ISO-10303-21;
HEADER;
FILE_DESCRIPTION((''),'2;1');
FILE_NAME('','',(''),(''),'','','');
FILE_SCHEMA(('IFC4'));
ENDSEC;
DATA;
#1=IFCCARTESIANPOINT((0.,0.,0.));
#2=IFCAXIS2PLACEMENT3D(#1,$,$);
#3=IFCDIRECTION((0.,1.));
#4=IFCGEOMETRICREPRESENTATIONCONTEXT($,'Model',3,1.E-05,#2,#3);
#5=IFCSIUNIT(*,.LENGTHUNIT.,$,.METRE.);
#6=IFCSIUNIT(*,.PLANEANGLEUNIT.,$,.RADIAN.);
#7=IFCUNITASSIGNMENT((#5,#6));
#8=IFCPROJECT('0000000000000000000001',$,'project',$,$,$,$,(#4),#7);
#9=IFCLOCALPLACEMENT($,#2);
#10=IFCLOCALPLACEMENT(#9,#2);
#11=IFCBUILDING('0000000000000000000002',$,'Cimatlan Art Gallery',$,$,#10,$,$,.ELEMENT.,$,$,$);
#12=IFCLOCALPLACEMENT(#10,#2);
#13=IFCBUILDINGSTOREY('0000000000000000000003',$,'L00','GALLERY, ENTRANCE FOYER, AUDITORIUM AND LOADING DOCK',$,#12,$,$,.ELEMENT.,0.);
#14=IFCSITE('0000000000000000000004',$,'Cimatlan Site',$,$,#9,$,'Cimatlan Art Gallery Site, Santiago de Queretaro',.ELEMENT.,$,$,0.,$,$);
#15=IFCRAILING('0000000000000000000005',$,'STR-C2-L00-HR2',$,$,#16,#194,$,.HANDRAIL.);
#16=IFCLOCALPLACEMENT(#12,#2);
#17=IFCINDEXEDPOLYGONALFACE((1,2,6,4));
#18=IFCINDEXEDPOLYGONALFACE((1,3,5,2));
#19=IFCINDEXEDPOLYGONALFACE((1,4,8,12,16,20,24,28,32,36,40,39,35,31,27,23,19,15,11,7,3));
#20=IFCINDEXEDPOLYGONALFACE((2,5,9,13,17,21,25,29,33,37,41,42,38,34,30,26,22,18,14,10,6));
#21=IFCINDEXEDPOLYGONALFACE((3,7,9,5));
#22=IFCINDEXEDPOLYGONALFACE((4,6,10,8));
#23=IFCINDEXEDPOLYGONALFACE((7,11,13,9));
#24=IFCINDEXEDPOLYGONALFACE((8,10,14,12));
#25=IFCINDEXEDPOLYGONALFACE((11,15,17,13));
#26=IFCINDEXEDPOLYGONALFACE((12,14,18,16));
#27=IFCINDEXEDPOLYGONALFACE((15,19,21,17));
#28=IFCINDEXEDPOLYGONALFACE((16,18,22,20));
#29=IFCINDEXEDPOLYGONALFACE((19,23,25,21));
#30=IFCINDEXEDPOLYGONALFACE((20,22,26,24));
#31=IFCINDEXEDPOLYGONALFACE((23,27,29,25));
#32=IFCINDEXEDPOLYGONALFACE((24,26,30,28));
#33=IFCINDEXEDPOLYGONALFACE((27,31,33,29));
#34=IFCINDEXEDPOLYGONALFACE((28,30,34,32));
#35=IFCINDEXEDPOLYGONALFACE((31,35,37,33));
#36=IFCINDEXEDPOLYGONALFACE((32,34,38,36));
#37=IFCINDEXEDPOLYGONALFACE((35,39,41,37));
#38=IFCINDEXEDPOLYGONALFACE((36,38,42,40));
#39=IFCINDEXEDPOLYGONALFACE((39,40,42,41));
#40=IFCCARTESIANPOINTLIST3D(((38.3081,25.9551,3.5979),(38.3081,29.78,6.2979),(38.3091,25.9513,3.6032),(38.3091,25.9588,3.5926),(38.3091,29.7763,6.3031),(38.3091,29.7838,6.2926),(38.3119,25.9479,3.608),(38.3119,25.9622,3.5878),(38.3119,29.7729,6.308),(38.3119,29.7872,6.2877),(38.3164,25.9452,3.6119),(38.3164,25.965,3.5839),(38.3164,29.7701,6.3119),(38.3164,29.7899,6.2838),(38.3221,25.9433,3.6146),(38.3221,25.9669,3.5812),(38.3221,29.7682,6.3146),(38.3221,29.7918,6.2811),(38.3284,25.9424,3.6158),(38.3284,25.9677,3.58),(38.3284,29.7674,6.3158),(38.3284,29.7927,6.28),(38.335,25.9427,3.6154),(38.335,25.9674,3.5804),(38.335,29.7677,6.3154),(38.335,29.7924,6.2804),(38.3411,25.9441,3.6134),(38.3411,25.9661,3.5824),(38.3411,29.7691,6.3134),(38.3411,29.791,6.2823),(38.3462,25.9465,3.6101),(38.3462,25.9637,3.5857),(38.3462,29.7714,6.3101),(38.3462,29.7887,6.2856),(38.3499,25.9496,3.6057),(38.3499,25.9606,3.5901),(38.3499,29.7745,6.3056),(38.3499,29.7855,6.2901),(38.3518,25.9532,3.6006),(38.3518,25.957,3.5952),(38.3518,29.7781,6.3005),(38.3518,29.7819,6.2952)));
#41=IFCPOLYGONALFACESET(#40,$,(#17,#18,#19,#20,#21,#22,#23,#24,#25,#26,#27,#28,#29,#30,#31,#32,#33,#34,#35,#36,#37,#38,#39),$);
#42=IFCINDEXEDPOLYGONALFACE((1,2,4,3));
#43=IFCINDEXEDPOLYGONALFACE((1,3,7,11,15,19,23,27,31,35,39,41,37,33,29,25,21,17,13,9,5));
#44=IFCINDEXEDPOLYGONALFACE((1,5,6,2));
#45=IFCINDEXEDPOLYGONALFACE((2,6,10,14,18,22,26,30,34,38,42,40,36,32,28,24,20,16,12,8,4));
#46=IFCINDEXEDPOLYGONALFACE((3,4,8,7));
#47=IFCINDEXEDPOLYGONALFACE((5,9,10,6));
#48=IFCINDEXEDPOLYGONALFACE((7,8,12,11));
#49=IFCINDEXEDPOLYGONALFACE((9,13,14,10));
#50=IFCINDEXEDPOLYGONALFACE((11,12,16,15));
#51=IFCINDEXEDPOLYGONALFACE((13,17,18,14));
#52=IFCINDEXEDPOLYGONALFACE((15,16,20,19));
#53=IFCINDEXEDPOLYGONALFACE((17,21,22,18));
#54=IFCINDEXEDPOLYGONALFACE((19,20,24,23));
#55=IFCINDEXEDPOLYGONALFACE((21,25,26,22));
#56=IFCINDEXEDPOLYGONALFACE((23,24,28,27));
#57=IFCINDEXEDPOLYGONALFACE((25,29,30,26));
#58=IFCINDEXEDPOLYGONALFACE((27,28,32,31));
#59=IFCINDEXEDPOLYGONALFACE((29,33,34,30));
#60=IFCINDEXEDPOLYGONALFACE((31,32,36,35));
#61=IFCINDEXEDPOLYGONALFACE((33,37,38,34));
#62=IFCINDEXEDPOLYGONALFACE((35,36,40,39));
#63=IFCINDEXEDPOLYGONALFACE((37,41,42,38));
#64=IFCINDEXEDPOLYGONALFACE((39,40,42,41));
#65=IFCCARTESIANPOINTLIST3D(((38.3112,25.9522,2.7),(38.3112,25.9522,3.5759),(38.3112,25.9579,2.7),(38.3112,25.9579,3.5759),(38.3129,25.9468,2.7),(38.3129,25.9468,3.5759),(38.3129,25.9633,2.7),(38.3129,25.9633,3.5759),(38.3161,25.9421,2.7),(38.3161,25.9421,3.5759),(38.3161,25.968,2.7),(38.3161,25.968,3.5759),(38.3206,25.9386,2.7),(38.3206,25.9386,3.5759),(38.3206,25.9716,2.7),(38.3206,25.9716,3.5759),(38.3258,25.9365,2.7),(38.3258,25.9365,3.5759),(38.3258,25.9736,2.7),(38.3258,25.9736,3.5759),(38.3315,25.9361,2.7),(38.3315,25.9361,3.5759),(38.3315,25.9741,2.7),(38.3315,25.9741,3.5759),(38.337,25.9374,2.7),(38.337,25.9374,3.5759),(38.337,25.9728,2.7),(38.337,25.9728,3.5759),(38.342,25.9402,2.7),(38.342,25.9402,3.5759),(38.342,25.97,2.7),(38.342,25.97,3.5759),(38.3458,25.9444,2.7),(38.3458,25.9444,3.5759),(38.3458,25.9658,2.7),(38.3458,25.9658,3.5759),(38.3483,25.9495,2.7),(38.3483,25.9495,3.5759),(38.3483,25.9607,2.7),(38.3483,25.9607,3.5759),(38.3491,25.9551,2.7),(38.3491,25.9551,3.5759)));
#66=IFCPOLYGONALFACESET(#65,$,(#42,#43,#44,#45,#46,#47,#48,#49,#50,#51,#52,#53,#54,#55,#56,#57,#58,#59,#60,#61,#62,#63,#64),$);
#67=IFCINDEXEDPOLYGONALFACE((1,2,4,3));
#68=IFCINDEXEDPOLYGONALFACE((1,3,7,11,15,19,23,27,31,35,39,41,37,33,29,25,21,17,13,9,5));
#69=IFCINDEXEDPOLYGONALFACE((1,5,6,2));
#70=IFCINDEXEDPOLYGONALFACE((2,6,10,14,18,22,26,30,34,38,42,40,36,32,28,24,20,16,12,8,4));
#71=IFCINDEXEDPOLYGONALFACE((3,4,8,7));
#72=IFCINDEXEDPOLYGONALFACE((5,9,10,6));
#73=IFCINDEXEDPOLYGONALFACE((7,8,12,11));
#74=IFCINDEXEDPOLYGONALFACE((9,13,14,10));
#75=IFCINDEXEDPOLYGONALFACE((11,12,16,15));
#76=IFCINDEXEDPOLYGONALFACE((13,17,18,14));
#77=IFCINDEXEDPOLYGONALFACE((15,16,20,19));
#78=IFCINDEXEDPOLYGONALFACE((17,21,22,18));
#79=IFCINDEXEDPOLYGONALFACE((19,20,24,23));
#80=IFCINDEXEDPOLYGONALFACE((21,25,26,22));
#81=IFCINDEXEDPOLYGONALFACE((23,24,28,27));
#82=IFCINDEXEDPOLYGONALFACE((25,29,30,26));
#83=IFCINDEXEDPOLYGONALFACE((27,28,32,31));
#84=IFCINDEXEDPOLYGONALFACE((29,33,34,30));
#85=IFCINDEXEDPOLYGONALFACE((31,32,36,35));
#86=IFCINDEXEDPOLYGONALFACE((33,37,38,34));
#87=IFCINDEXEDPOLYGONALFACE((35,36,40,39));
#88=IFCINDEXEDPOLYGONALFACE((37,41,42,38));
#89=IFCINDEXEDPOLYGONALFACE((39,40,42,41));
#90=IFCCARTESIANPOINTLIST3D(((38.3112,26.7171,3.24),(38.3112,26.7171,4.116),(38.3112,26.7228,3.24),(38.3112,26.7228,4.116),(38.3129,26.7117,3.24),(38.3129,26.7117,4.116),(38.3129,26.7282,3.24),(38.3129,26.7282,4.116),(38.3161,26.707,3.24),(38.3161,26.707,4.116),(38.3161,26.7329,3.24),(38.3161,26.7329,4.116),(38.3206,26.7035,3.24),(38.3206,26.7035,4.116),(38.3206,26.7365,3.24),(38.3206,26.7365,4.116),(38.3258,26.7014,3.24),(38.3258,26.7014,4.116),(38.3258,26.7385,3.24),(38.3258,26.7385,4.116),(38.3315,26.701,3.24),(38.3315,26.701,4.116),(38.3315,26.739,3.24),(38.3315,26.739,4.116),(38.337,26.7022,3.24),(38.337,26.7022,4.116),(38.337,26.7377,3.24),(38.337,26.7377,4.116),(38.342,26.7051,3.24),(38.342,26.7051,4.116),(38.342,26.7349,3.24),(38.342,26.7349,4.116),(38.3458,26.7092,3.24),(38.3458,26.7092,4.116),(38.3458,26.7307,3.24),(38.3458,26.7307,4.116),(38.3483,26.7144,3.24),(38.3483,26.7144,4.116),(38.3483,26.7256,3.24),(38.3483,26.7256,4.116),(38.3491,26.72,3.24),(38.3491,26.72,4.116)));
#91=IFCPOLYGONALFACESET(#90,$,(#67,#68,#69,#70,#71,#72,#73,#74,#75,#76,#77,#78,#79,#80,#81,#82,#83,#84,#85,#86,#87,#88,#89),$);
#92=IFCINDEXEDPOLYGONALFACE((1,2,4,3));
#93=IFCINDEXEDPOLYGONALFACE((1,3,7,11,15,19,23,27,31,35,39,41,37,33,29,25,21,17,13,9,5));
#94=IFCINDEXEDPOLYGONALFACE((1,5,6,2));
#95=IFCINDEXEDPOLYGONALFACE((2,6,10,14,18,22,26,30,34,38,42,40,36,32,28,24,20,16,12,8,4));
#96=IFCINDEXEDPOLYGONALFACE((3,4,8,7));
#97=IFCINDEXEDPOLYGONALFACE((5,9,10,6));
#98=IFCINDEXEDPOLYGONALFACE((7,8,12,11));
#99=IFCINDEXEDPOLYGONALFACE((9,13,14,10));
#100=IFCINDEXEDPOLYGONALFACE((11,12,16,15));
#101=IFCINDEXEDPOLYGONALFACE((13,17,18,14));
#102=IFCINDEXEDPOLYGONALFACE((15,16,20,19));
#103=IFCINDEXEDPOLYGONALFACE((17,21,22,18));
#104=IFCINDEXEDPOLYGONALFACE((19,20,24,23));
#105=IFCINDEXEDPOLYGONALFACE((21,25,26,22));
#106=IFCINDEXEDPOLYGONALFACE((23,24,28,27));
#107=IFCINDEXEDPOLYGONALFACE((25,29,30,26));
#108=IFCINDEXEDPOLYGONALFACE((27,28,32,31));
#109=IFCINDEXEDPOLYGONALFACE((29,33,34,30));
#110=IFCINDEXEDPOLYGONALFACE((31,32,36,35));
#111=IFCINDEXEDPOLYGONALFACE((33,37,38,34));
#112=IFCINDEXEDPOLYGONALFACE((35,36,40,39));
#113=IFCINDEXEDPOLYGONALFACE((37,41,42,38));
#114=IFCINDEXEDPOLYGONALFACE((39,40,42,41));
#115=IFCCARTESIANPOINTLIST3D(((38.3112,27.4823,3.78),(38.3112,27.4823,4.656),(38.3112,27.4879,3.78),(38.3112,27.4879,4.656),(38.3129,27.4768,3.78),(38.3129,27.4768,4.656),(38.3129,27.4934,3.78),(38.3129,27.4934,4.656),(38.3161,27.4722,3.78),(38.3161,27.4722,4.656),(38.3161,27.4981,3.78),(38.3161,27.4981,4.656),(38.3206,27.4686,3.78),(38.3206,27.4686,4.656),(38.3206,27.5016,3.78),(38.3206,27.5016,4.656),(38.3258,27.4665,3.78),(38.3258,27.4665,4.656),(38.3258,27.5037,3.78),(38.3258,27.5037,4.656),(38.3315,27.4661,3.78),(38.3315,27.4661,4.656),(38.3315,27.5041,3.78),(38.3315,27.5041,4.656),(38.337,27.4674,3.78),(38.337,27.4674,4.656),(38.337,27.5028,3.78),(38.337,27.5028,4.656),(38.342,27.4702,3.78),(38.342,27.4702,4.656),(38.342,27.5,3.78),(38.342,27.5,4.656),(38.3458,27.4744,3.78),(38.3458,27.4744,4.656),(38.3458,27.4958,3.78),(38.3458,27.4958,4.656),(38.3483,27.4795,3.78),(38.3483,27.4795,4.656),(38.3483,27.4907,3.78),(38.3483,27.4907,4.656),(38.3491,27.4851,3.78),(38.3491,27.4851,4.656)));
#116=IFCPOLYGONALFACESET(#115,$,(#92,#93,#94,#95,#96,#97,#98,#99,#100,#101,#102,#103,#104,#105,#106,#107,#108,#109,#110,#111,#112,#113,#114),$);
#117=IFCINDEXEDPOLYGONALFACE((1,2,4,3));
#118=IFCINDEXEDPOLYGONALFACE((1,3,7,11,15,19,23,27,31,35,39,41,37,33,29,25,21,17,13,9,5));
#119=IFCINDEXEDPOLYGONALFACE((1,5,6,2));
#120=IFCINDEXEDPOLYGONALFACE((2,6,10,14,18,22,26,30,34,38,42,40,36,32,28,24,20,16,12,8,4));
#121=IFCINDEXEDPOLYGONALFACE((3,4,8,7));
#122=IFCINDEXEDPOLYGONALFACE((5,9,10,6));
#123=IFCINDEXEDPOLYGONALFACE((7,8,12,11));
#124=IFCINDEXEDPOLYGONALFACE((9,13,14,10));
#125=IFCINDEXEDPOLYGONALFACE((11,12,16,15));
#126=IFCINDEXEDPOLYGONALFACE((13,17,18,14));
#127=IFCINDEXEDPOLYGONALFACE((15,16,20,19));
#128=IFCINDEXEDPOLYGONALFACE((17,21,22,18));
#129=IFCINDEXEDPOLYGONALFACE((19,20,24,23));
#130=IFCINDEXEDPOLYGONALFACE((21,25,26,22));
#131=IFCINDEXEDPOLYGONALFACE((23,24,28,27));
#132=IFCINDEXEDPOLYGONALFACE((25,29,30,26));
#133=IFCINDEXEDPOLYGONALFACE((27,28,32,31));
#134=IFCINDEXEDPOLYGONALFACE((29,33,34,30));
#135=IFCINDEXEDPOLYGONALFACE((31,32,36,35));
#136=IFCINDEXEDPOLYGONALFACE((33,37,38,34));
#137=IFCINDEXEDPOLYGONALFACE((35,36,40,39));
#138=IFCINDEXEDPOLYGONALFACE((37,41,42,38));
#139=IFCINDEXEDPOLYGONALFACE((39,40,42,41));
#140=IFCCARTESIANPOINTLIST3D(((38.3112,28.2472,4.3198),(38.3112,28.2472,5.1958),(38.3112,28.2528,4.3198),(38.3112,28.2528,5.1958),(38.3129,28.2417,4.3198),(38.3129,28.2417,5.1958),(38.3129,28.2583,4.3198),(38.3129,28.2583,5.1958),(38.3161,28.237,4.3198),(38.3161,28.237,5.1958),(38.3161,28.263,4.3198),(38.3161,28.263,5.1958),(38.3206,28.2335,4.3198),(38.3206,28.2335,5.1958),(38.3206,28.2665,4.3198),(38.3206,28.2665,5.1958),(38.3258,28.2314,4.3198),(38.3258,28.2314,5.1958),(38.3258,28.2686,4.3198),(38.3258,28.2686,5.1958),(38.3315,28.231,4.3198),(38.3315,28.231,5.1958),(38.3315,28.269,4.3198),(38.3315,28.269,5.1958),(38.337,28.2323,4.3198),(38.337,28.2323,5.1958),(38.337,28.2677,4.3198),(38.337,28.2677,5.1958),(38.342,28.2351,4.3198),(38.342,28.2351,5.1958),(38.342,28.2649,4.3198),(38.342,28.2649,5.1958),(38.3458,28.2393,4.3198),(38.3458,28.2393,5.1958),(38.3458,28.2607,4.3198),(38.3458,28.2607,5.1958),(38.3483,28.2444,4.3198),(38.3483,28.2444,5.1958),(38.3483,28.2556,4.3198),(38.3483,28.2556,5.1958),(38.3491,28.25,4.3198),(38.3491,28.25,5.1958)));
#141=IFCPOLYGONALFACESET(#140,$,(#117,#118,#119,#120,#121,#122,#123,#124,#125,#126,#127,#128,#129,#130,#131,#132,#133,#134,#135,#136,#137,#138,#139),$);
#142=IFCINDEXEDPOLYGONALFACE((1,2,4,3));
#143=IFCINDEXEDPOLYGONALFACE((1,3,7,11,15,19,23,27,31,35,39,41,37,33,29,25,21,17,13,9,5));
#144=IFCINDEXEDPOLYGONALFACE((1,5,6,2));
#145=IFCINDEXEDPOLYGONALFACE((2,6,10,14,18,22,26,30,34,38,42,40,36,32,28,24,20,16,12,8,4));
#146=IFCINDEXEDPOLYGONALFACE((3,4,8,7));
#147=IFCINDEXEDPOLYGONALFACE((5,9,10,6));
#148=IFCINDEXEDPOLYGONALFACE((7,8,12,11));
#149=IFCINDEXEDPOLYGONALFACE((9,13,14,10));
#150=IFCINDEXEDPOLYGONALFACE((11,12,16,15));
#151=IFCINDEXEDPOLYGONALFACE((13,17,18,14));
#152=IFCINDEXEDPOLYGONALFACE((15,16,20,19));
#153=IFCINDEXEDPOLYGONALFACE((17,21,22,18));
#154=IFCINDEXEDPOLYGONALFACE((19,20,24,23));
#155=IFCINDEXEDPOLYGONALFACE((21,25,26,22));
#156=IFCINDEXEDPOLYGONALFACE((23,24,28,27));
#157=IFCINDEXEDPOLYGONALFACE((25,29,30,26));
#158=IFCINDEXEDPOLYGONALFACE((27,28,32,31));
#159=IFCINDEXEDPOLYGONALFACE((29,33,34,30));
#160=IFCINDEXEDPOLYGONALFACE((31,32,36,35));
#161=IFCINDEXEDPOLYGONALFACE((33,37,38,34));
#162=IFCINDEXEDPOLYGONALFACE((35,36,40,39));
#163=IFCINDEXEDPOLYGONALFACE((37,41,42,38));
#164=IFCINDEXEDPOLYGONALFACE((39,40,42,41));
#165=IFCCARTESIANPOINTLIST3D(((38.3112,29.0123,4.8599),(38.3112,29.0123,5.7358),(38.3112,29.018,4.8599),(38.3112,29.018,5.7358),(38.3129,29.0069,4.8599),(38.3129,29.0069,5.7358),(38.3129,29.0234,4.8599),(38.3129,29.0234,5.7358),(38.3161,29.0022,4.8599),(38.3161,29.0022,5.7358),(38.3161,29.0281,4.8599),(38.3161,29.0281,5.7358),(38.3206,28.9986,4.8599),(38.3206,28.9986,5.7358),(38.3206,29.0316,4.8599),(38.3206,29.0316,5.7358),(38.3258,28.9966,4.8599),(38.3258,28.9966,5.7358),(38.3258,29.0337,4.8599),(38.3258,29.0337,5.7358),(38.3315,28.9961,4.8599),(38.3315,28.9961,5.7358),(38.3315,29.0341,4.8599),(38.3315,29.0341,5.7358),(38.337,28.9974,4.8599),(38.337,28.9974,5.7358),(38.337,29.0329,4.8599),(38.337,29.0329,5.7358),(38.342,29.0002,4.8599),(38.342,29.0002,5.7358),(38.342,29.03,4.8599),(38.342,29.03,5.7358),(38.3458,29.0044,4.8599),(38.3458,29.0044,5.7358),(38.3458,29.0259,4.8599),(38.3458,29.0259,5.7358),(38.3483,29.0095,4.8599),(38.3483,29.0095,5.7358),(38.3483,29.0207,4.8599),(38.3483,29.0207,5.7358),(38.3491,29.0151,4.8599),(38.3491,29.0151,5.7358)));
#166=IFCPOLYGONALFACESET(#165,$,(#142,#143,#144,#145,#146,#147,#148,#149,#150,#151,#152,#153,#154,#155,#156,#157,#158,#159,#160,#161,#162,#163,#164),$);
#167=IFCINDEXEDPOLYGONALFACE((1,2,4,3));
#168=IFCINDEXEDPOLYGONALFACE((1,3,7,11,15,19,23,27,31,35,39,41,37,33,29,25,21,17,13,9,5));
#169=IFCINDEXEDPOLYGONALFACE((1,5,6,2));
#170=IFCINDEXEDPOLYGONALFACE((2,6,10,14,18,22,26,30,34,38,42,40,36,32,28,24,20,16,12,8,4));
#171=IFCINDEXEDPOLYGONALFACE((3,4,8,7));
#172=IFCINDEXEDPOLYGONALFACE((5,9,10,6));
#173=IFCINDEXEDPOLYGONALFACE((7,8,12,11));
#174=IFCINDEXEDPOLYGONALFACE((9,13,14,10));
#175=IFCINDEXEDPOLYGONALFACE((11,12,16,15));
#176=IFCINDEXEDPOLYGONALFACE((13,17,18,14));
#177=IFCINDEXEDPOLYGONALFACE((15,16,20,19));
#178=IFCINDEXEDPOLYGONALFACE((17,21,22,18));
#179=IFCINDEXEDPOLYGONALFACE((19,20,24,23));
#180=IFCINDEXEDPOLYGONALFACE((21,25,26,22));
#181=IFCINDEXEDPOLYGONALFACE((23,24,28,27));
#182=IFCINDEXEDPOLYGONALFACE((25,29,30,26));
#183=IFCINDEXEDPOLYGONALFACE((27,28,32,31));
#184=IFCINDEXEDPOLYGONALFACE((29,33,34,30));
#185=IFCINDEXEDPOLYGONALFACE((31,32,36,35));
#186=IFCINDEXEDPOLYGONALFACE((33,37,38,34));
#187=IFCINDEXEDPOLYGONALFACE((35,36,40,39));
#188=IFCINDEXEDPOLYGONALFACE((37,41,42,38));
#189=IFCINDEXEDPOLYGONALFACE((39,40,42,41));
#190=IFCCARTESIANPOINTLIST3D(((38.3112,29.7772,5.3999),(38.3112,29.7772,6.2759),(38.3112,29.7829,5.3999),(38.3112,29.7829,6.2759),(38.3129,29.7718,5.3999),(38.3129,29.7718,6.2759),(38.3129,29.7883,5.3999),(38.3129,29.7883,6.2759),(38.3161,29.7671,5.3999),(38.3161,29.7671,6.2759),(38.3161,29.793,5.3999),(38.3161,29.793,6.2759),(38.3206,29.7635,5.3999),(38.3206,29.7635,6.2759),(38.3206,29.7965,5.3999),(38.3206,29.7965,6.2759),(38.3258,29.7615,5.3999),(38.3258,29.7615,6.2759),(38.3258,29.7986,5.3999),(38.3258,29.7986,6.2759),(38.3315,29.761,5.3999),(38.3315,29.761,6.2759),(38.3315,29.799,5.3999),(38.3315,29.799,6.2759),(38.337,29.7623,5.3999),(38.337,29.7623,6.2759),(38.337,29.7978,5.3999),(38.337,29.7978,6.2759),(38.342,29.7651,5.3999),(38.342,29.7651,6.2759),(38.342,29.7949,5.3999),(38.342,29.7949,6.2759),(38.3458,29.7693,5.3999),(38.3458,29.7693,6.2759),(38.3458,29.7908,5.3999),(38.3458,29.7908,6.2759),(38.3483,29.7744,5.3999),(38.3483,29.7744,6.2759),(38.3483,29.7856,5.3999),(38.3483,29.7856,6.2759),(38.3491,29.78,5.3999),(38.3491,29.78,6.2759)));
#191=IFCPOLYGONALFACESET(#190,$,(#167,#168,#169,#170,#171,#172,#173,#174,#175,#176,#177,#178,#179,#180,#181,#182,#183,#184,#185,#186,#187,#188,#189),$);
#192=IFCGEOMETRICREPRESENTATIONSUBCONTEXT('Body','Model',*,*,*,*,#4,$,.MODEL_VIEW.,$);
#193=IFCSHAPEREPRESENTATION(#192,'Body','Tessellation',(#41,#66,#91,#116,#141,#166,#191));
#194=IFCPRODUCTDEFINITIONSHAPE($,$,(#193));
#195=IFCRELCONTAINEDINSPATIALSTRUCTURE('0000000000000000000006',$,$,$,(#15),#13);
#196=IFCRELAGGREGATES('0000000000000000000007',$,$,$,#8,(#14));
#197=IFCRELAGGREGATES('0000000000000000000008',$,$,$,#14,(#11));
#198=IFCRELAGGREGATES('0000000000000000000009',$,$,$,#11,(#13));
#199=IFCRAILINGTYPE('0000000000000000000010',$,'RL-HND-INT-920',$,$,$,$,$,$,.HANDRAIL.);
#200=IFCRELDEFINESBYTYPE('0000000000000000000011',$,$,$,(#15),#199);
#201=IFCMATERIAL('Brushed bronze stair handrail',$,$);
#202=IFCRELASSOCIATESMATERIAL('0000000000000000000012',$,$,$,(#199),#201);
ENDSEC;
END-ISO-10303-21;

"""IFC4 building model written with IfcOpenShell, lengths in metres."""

from ifc_helpers import new_model, si_unit, direction, frame, origin, origin_2d, place, context, subcontext, project, spatial, circle, extrude, material, type_object, element, save


model = new_model("IFC4")

# Units and contexts
model_context = context("Model", 3, precision=1e-05, world=origin(), true_north=direction((0.0, 1.0)))
body_context = subcontext(model_context, "Body", "Model", "MODEL_VIEW")
ifc_project = project(units=[si_unit("LENGTHUNIT", "METRE"), si_unit("PLANEANGLEUNIT", "RADIAN")], contexts=[model_context])

# Site, building, storey
site_placement = place(None, origin())
site = spatial("IfcSite", under=ifc_project, at=site_placement, Name="Cimatlan Site", LongName="Cimatlan Art Gallery Site, Santiago de Queretaro", CompositionType="ELEMENT", RefElevation=0.0)
building_placement = place(site_placement, origin())
building = spatial("IfcBuilding", under=site, at=building_placement, Name="Cimatlan Art Gallery", CompositionType="ELEMENT")
storey_placement = place(building_placement, origin())
storey = spatial("IfcBuildingStorey", under=building, at=storey_placement, Name="L00", Description="GALLERY, ENTRANCE FOYER, AUDITORIUM AND LOADING DOCK", CompositionType="ELEMENT", Elevation=0.0)

# Railing
ifc_material_1 = material(Name="Brushed bronze stair handrail")
railing_type_1 = type_object("IfcRailingType", Name="RL-HND-INT-920", PredefinedType="HANDRAIL", material=ifc_material_1)
railing_1_placement = place(storey_placement, frame((38.3301, 25.9551, 2.7)))
element("IfcRailing", 1, at=railing_1_placement, inside=storey, type_object=railing_type_1, Name="STR-C2-L00-HR2", PredefinedType="HANDRAIL", context=body_context, shape_type="SweptSolid", body=[
    extrude(circle(Radius=0.022, at=origin_2d()), frame((0.0, 0.0, 0.8979), z_axis=(0.0, 0.816969, 0.576681), x_axis=(-1.0, 0.0, 0.0)), (0.0, 0.0, 1.0), 4.6819),
    extrude(circle(Radius=0.019, at=origin_2d()), origin(), (0.0, 0.0, 1.0), 0.876),
    extrude(circle(Radius=0.019, at=origin_2d()), frame((0.0, 0.7649, 0.54)), (0.0, 0.0, 1.0), 0.876),
    extrude(circle(Radius=0.019, at=origin_2d()), frame((0.0, 1.53, 1.0801)), (0.0, 0.0, 1.0), 0.876),
    extrude(circle(Radius=0.019, at=origin_2d()), frame((0.0, 2.2949, 1.6199)), (0.0, 0.0, 1.0), 0.876),
    extrude(circle(Radius=0.019, at=origin_2d()), frame((0.0, 3.0601, 2.1599)), (0.0, 0.0, 1.0), 0.876),
    extrude(circle(Radius=0.019, at=origin_2d()), frame((0.0, 3.825, 2.7)), (0.0, 0.0, 1.0), 0.876),
])

save(model, "model.ifc")
